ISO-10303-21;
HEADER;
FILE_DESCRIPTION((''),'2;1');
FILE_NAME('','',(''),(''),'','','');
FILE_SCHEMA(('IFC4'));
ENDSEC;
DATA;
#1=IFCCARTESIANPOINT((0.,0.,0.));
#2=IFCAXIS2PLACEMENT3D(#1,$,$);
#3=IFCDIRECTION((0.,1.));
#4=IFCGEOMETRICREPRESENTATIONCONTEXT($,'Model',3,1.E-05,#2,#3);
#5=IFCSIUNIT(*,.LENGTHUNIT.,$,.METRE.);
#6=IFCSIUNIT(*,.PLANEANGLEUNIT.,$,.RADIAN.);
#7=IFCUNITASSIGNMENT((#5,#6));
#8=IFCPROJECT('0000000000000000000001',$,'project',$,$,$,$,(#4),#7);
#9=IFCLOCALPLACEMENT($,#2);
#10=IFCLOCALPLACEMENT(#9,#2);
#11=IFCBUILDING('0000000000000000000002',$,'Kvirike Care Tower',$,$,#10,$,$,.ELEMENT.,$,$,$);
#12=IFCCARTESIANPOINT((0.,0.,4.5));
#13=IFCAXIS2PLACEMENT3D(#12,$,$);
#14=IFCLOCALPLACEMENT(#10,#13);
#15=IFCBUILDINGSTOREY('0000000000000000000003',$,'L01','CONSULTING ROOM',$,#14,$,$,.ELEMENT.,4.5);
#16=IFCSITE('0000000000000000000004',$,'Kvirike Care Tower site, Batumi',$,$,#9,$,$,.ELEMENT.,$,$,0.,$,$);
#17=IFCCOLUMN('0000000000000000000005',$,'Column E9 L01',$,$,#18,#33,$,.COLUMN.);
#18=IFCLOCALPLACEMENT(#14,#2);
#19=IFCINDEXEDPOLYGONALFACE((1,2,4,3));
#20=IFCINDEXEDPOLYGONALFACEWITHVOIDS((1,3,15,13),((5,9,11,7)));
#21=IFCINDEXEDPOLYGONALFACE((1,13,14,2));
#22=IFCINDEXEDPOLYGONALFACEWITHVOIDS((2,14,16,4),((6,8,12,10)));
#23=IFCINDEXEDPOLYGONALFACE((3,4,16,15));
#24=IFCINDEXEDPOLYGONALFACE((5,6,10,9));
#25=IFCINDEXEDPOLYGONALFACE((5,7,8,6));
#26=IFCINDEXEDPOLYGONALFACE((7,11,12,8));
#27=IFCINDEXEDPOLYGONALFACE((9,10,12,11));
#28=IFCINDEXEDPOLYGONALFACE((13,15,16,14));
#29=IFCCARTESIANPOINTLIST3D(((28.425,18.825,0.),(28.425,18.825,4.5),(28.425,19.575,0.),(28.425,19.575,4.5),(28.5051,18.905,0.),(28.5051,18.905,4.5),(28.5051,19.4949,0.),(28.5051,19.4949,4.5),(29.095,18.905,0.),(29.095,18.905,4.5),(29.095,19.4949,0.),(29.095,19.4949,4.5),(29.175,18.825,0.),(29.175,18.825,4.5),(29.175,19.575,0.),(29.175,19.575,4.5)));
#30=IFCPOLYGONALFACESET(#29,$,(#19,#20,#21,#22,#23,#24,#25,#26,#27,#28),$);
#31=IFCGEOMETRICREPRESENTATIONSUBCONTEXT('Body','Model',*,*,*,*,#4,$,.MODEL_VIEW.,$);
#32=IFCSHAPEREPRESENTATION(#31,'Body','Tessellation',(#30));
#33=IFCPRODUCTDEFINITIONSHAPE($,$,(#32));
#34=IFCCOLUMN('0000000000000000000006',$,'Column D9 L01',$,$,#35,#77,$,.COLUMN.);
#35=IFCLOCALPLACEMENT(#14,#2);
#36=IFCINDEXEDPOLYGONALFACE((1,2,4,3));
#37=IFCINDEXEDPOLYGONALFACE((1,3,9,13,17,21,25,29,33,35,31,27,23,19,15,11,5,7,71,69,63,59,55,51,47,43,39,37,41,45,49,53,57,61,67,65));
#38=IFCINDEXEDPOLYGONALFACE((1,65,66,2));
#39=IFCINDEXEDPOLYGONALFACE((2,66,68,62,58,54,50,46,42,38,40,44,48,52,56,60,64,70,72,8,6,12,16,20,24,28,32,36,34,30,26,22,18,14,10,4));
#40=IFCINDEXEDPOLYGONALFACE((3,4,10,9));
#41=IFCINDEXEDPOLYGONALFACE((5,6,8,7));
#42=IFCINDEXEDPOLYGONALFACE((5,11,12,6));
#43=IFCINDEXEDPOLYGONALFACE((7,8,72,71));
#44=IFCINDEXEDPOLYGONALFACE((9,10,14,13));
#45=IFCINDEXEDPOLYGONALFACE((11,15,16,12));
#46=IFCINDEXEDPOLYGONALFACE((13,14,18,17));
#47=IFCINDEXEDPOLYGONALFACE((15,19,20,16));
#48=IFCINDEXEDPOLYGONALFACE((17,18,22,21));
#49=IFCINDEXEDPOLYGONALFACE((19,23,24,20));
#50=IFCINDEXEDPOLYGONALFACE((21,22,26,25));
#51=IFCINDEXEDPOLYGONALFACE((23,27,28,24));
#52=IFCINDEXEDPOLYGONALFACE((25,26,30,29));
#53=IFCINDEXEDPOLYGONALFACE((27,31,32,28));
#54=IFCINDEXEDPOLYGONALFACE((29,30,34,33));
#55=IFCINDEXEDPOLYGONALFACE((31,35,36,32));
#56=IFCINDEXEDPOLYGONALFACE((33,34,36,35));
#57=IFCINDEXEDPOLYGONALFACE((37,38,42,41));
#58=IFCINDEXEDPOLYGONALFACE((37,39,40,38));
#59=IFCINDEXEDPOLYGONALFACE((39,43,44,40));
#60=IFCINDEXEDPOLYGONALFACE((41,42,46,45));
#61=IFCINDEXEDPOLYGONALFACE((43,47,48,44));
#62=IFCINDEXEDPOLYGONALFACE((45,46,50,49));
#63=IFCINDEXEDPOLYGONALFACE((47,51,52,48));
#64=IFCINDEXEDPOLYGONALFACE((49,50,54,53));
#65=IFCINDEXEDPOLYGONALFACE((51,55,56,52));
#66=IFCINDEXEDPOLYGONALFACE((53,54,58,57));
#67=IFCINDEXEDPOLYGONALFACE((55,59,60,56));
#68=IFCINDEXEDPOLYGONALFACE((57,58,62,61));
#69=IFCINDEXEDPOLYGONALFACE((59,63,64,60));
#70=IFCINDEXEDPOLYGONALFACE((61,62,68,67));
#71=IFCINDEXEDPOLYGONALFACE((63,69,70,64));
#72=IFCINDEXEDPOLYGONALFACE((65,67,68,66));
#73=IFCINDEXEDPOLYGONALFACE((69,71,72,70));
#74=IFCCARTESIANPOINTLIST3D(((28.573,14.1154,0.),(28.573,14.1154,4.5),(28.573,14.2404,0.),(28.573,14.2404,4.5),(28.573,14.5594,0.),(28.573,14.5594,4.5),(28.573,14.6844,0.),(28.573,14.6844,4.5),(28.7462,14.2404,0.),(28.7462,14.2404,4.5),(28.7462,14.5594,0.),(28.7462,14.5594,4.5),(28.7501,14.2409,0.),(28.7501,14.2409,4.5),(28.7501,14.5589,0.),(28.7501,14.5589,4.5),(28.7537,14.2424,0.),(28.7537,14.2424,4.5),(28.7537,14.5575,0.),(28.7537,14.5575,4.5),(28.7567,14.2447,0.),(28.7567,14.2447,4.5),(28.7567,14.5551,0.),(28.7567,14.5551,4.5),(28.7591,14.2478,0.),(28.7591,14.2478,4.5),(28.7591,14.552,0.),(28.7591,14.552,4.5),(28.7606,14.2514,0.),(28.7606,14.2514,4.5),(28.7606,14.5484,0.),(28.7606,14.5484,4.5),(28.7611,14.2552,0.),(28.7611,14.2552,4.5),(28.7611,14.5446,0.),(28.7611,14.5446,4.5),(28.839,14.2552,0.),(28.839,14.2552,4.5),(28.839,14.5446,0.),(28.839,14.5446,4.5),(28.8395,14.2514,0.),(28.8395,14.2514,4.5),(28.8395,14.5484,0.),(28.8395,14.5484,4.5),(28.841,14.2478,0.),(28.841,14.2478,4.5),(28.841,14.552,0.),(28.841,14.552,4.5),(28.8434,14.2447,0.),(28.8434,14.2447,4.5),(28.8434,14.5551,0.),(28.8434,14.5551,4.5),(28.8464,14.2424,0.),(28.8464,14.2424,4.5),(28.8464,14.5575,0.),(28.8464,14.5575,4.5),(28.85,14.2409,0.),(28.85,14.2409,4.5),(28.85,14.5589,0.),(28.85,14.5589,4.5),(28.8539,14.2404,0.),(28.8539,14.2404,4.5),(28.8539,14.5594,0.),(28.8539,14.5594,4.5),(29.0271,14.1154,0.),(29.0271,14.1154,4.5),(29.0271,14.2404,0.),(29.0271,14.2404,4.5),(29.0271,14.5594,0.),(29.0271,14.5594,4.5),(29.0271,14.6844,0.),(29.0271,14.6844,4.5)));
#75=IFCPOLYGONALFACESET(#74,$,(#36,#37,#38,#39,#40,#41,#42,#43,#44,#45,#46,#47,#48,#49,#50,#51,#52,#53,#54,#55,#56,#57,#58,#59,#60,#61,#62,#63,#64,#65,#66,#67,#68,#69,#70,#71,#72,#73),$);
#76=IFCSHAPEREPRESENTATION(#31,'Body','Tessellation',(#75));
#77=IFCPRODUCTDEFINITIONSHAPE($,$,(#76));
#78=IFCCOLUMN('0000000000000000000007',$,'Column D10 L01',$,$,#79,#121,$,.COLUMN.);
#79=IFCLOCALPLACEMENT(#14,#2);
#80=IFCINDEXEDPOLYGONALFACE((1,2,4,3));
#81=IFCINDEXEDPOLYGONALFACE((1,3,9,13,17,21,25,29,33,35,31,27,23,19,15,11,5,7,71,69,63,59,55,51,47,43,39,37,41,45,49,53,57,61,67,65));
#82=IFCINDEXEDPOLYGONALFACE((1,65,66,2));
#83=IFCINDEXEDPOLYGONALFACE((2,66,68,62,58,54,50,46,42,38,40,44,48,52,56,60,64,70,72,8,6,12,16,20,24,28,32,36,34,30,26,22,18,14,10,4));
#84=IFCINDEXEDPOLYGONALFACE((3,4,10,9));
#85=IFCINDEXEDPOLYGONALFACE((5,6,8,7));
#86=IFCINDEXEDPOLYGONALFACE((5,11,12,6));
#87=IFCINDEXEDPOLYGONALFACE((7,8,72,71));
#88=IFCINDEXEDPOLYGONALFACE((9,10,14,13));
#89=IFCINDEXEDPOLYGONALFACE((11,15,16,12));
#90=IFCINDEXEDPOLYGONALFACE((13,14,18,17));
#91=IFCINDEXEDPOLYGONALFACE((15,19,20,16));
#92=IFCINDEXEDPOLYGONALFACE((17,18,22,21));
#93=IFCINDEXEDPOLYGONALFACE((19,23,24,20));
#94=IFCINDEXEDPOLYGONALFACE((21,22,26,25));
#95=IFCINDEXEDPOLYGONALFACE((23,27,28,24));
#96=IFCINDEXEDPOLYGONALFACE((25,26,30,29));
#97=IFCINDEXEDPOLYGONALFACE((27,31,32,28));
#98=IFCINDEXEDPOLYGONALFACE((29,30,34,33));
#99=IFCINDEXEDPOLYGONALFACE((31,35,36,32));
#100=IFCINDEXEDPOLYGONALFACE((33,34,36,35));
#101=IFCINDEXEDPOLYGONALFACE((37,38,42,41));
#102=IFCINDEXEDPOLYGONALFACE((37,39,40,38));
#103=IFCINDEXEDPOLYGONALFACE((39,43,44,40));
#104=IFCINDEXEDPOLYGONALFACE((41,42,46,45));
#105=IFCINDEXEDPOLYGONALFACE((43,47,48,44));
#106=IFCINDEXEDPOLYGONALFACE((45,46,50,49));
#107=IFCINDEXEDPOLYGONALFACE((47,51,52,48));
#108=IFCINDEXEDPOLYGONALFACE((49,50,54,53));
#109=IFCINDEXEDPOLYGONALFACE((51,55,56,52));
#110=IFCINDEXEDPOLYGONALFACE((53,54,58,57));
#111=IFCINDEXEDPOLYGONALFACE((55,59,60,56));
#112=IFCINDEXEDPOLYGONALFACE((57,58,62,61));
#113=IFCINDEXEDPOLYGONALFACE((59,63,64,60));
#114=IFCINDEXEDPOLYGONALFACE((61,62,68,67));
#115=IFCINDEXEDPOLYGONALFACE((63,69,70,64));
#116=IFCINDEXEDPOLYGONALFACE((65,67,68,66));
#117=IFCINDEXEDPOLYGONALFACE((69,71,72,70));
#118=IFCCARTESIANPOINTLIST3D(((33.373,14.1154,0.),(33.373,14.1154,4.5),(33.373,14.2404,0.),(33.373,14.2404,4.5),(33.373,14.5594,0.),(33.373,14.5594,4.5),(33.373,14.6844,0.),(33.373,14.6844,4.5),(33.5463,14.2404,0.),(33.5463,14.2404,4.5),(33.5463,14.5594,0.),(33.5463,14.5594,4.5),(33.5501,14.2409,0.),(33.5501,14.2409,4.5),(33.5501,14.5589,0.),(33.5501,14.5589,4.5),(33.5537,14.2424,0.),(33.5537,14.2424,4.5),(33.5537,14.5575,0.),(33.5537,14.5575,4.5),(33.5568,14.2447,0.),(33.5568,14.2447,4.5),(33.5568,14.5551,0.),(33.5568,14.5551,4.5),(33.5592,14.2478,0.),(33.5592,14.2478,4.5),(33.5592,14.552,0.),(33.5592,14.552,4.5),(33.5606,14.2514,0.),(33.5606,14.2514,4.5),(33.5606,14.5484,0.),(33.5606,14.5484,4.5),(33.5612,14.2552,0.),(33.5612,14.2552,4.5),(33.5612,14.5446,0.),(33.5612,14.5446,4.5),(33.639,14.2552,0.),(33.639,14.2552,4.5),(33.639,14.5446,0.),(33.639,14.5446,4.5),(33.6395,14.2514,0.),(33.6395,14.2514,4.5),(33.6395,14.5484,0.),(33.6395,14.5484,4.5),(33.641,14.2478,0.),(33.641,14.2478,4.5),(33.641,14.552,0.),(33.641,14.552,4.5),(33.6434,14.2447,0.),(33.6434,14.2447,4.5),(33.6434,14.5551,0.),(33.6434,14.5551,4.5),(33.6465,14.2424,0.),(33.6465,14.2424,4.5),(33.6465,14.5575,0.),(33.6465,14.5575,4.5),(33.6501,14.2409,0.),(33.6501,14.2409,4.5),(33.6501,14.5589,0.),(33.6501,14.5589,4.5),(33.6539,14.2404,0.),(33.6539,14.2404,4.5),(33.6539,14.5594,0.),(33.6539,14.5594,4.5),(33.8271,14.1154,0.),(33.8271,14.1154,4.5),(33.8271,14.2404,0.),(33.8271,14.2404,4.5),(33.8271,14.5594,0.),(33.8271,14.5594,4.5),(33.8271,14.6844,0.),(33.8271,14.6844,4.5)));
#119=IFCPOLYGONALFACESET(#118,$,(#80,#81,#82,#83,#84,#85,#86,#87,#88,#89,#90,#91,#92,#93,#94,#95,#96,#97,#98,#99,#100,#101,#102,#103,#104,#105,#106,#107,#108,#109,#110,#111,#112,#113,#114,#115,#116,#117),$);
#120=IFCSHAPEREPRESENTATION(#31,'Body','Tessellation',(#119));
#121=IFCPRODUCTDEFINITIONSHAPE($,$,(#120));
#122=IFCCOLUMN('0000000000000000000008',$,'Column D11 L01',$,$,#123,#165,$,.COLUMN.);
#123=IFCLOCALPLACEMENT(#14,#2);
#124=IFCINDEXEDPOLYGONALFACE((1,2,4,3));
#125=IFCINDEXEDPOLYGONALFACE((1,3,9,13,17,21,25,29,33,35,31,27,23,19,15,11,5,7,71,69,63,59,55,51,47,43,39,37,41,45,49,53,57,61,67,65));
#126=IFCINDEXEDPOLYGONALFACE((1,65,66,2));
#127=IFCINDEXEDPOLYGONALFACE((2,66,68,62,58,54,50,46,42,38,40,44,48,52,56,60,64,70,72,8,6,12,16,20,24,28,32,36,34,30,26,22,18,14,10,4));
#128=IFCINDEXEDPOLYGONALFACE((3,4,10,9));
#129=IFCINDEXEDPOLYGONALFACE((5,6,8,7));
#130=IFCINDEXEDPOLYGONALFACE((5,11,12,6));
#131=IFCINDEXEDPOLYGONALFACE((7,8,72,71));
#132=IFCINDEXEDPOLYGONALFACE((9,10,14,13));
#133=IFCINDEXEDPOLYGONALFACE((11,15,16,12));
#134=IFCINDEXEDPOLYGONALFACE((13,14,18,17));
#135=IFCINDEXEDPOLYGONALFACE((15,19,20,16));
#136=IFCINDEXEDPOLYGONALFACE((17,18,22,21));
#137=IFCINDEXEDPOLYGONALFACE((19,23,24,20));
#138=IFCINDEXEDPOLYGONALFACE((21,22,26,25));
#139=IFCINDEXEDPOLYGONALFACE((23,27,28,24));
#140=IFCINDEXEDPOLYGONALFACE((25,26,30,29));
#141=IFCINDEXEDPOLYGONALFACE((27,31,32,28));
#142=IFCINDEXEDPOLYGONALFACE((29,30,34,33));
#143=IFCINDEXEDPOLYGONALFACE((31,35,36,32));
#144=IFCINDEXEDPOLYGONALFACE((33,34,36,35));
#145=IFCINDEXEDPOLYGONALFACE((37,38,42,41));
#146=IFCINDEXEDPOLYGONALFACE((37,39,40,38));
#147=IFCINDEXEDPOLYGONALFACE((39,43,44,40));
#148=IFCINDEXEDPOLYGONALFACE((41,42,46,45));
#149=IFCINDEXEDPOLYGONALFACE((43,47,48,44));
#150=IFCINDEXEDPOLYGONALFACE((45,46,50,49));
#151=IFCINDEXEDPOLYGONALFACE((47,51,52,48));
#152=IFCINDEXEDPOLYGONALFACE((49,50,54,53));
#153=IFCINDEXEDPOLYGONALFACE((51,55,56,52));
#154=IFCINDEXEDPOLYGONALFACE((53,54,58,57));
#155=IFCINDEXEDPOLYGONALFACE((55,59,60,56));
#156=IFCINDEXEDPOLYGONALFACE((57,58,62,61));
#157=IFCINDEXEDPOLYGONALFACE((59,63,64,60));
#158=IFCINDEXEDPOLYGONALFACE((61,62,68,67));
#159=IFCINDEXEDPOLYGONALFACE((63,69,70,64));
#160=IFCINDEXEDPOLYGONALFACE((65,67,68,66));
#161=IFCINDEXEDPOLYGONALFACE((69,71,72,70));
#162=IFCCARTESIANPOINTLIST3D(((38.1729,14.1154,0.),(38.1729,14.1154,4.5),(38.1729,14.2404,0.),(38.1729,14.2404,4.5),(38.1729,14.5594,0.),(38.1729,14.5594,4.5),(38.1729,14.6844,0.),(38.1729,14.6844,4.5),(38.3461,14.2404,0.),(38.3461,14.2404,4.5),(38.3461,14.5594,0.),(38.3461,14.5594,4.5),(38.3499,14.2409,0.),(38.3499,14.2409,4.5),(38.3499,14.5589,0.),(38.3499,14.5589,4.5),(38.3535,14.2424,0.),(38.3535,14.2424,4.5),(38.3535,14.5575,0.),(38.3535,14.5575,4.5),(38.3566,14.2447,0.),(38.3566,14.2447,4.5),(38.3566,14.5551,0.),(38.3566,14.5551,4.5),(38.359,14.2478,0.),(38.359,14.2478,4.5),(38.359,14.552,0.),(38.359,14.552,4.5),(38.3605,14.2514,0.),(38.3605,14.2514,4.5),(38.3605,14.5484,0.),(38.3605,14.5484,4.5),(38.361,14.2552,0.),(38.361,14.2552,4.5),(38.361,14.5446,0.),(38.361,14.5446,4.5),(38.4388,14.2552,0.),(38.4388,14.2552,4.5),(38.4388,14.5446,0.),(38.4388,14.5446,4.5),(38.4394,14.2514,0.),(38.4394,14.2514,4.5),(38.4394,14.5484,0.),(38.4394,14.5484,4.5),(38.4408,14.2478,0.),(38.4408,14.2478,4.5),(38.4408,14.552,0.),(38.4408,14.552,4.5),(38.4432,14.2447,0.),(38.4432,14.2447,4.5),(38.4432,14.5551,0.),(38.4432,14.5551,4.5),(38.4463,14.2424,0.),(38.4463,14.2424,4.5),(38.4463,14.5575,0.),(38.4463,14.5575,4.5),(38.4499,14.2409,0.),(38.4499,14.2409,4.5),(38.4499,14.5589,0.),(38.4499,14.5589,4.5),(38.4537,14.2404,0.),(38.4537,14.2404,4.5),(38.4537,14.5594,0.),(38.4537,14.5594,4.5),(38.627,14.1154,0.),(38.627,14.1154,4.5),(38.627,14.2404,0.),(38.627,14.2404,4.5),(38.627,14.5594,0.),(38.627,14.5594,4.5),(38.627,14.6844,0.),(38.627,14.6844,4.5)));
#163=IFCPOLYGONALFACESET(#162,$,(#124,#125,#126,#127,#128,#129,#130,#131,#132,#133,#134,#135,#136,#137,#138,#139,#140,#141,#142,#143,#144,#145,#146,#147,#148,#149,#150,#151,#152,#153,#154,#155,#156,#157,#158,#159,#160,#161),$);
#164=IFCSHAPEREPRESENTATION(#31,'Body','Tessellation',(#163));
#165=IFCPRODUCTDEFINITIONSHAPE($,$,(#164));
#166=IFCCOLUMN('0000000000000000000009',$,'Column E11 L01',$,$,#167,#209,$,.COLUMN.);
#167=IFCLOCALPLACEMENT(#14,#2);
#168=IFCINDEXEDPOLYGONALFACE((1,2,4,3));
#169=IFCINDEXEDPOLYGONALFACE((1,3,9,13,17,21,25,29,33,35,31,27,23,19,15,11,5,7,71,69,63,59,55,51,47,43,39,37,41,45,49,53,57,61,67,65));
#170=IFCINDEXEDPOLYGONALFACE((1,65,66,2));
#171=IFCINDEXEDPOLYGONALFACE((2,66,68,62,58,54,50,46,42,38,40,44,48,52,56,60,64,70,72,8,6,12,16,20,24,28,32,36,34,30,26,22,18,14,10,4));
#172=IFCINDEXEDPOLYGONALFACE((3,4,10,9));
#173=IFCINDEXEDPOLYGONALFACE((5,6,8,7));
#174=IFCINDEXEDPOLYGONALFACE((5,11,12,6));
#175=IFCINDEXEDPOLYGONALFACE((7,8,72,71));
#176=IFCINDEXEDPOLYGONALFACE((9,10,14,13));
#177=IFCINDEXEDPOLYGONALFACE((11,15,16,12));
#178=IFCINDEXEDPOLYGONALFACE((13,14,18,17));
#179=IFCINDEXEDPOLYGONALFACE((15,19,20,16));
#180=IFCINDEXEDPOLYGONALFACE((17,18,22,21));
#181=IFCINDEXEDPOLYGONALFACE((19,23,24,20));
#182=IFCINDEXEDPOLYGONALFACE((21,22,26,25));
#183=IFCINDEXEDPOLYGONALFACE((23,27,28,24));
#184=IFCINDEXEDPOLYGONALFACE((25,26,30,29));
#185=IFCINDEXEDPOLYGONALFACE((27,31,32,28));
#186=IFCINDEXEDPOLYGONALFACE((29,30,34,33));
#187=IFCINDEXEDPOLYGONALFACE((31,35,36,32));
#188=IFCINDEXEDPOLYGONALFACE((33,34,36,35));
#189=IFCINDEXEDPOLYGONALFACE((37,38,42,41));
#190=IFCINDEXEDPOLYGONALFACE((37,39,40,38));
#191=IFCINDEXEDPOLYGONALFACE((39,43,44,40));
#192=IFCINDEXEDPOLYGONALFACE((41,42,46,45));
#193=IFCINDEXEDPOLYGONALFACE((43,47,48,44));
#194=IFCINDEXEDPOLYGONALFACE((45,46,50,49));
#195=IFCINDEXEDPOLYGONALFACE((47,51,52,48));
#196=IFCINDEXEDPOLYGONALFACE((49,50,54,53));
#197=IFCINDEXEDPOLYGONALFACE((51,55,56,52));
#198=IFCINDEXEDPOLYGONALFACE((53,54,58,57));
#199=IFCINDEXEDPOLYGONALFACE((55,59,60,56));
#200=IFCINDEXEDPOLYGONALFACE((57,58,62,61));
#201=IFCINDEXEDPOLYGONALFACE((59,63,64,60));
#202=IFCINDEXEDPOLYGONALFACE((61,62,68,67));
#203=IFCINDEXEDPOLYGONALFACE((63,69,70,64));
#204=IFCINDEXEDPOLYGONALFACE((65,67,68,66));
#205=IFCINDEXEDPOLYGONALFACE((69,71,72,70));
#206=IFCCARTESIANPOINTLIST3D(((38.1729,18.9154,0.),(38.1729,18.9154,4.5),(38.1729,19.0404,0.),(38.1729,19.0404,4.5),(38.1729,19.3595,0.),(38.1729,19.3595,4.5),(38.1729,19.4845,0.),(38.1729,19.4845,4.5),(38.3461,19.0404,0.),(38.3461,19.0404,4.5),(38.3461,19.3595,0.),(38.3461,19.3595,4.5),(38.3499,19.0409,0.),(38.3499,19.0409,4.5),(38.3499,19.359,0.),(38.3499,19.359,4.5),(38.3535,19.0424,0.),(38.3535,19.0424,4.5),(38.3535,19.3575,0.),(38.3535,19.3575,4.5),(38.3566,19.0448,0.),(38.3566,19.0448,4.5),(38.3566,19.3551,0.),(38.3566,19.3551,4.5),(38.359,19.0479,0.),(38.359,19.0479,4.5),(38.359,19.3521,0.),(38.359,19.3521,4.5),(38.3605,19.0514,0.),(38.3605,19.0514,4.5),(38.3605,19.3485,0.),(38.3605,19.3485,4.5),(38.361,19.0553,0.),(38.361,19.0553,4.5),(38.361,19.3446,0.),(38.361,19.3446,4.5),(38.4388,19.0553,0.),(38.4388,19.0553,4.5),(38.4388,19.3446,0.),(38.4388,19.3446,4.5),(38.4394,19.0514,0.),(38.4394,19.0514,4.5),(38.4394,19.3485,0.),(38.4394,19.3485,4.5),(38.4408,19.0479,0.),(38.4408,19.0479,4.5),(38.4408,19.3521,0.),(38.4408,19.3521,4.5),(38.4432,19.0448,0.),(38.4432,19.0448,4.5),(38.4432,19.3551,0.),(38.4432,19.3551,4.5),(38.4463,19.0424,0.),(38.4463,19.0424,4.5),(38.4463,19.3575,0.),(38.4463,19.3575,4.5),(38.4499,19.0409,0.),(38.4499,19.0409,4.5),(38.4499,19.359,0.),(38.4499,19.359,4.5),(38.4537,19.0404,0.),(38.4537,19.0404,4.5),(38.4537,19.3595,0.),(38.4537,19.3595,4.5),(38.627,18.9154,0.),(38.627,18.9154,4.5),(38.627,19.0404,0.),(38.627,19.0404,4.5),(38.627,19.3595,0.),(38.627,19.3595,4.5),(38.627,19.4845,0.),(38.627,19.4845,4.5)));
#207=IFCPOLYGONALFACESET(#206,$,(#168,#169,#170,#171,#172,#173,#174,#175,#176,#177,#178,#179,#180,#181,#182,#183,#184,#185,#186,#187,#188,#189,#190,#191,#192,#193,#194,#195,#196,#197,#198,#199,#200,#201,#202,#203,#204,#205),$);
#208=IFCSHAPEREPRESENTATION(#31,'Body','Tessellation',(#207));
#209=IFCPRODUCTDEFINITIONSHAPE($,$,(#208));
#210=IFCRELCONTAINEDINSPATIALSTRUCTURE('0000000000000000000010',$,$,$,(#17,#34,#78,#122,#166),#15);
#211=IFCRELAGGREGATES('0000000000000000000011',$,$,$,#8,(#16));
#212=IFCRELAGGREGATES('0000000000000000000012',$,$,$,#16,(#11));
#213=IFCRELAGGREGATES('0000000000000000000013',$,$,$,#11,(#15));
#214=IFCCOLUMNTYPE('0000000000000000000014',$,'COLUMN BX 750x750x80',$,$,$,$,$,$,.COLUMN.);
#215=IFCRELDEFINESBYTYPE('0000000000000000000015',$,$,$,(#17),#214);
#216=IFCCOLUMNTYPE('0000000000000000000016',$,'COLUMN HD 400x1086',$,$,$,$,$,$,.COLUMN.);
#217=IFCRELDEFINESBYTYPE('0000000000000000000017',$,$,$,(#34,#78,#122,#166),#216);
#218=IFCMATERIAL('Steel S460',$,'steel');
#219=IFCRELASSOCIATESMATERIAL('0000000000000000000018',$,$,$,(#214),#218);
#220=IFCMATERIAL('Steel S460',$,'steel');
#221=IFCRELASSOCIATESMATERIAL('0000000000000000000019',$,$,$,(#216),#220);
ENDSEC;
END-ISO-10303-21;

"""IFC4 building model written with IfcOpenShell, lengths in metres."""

from ifc_helpers import new_model, si_unit, direction, frame, origin, origin_2d, place, context, subcontext, project, spatial, hollow_rectangle, i_section, extrude, material, material_profile, profile_set, type_object, element, save


model = new_model("IFC4")

# Units and contexts
model_context = context("Model", 3, precision=1e-05, world=origin(), true_north=direction((0.0, 1.0)))
body_context = subcontext(model_context, "Body", "Model", "MODEL_VIEW")
ifc_project = project(units=[si_unit("LENGTHUNIT", "METRE"), si_unit("PLANEANGLEUNIT", "RADIAN")], contexts=[model_context])

# Site, building, storey
site_placement = place(None, origin())
site = spatial("IfcSite", under=ifc_project, at=site_placement, Name="Kvirike Care Tower site, Batumi", CompositionType="ELEMENT", RefElevation=0.0)
building_placement = place(site_placement, origin())
building = spatial("IfcBuilding", under=site, at=building_placement, Name="Kvirike Care Tower", CompositionType="ELEMENT")
storey_placement = place(building_placement, frame((0.0, 0.0, 4.5)))
storey = spatial("IfcBuildingStorey", under=building, at=storey_placement, Name="L01", Description="CONSULTING ROOM", CompositionType="ELEMENT", Elevation=4.5)

# Columns
ifc_material_1 = material(Name="Steel S460", Category="steel")
ifc_material_profile_1 = material_profile(ifc_material_1, hollow_rectangle(XDim=0.75, YDim=0.75, WallThickness=0.0801, at=origin_2d()), Name="BX 750x750x80")
ifc_profile_set_1 = profile_set([ifc_material_profile_1], Name="Steel S460")
column_type_1 = type_object("IfcColumnType", Name="COLUMN BX 750x750x80", PredefinedType="COLUMN", material=ifc_profile_set_1)
column_1_placement = place(storey_placement, frame((28.8, 19.2, 0.0), z_axis=(0.0, 0.0, 1.0), x_axis=(1.0, 0.0, 0.0)))
element("IfcColumn", 1, at=column_1_placement, inside=storey, type_object=column_type_1, Name="Column E9 L01", PredefinedType="COLUMN", context=body_context, shape_type="SweptSolid", body=[
    extrude(hollow_rectangle(XDim=0.75, YDim=0.75, WallThickness=0.0801, at=origin_2d()), origin(), (0.0, 0.0, 1.0), 4.5),
])
ifc_material_2 = material(Name="Steel S460", Category="steel")
ifc_material_profile_2 = material_profile(ifc_material_2, i_section(OverallWidth=0.4541, OverallDepth=0.5691, WebThickness=0.0779, FlangeThickness=0.125, FilletRadius=0.0149, at=origin_2d()), Name="HD 400x1086")
ifc_profile_set_2 = profile_set([ifc_material_profile_2], Name="Steel S460")
column_type_2 = type_object("IfcColumnType", Name="COLUMN HD 400x1086", PredefinedType="COLUMN", material=ifc_profile_set_2)
for number, where, z_axis, x_axis, name in (
    (2, (28.8, 14.3999, 0.0), (0.0, 0.0, 1.0), (1.0, 0.0, 0.0), "Column D9 L01"),
    (3, (33.6001, 14.3999, 0.0), (0.0, 0.0, 1.0), (1.0, 0.0, 0.0), "Column D10 L01"),
    (4, (38.3999, 14.3999, 0.0), (0.0, 0.0, 1.0), (1.0, 0.0, 0.0), "Column D11 L01"),
    (5, (38.3999, 19.2, 0.0), (0.0, 0.0, 1.0), (1.0, 0.0, 0.0), "Column E11 L01"),
):
    element("IfcColumn", number, at=place(storey_placement, frame(where, z_axis=z_axis, x_axis=x_axis)), inside=storey, type_object=column_type_2, Name=name, PredefinedType="COLUMN", context=body_context, shape_type="SweptSolid", body=[
        extrude(i_section(OverallWidth=0.4541, OverallDepth=0.5691, WebThickness=0.0779, FlangeThickness=0.125, FilletRadius=0.0149, at=origin_2d()), origin(), (0.0, 0.0, 1.0), 4.5),
    ])

save(model, "model.ifc")
